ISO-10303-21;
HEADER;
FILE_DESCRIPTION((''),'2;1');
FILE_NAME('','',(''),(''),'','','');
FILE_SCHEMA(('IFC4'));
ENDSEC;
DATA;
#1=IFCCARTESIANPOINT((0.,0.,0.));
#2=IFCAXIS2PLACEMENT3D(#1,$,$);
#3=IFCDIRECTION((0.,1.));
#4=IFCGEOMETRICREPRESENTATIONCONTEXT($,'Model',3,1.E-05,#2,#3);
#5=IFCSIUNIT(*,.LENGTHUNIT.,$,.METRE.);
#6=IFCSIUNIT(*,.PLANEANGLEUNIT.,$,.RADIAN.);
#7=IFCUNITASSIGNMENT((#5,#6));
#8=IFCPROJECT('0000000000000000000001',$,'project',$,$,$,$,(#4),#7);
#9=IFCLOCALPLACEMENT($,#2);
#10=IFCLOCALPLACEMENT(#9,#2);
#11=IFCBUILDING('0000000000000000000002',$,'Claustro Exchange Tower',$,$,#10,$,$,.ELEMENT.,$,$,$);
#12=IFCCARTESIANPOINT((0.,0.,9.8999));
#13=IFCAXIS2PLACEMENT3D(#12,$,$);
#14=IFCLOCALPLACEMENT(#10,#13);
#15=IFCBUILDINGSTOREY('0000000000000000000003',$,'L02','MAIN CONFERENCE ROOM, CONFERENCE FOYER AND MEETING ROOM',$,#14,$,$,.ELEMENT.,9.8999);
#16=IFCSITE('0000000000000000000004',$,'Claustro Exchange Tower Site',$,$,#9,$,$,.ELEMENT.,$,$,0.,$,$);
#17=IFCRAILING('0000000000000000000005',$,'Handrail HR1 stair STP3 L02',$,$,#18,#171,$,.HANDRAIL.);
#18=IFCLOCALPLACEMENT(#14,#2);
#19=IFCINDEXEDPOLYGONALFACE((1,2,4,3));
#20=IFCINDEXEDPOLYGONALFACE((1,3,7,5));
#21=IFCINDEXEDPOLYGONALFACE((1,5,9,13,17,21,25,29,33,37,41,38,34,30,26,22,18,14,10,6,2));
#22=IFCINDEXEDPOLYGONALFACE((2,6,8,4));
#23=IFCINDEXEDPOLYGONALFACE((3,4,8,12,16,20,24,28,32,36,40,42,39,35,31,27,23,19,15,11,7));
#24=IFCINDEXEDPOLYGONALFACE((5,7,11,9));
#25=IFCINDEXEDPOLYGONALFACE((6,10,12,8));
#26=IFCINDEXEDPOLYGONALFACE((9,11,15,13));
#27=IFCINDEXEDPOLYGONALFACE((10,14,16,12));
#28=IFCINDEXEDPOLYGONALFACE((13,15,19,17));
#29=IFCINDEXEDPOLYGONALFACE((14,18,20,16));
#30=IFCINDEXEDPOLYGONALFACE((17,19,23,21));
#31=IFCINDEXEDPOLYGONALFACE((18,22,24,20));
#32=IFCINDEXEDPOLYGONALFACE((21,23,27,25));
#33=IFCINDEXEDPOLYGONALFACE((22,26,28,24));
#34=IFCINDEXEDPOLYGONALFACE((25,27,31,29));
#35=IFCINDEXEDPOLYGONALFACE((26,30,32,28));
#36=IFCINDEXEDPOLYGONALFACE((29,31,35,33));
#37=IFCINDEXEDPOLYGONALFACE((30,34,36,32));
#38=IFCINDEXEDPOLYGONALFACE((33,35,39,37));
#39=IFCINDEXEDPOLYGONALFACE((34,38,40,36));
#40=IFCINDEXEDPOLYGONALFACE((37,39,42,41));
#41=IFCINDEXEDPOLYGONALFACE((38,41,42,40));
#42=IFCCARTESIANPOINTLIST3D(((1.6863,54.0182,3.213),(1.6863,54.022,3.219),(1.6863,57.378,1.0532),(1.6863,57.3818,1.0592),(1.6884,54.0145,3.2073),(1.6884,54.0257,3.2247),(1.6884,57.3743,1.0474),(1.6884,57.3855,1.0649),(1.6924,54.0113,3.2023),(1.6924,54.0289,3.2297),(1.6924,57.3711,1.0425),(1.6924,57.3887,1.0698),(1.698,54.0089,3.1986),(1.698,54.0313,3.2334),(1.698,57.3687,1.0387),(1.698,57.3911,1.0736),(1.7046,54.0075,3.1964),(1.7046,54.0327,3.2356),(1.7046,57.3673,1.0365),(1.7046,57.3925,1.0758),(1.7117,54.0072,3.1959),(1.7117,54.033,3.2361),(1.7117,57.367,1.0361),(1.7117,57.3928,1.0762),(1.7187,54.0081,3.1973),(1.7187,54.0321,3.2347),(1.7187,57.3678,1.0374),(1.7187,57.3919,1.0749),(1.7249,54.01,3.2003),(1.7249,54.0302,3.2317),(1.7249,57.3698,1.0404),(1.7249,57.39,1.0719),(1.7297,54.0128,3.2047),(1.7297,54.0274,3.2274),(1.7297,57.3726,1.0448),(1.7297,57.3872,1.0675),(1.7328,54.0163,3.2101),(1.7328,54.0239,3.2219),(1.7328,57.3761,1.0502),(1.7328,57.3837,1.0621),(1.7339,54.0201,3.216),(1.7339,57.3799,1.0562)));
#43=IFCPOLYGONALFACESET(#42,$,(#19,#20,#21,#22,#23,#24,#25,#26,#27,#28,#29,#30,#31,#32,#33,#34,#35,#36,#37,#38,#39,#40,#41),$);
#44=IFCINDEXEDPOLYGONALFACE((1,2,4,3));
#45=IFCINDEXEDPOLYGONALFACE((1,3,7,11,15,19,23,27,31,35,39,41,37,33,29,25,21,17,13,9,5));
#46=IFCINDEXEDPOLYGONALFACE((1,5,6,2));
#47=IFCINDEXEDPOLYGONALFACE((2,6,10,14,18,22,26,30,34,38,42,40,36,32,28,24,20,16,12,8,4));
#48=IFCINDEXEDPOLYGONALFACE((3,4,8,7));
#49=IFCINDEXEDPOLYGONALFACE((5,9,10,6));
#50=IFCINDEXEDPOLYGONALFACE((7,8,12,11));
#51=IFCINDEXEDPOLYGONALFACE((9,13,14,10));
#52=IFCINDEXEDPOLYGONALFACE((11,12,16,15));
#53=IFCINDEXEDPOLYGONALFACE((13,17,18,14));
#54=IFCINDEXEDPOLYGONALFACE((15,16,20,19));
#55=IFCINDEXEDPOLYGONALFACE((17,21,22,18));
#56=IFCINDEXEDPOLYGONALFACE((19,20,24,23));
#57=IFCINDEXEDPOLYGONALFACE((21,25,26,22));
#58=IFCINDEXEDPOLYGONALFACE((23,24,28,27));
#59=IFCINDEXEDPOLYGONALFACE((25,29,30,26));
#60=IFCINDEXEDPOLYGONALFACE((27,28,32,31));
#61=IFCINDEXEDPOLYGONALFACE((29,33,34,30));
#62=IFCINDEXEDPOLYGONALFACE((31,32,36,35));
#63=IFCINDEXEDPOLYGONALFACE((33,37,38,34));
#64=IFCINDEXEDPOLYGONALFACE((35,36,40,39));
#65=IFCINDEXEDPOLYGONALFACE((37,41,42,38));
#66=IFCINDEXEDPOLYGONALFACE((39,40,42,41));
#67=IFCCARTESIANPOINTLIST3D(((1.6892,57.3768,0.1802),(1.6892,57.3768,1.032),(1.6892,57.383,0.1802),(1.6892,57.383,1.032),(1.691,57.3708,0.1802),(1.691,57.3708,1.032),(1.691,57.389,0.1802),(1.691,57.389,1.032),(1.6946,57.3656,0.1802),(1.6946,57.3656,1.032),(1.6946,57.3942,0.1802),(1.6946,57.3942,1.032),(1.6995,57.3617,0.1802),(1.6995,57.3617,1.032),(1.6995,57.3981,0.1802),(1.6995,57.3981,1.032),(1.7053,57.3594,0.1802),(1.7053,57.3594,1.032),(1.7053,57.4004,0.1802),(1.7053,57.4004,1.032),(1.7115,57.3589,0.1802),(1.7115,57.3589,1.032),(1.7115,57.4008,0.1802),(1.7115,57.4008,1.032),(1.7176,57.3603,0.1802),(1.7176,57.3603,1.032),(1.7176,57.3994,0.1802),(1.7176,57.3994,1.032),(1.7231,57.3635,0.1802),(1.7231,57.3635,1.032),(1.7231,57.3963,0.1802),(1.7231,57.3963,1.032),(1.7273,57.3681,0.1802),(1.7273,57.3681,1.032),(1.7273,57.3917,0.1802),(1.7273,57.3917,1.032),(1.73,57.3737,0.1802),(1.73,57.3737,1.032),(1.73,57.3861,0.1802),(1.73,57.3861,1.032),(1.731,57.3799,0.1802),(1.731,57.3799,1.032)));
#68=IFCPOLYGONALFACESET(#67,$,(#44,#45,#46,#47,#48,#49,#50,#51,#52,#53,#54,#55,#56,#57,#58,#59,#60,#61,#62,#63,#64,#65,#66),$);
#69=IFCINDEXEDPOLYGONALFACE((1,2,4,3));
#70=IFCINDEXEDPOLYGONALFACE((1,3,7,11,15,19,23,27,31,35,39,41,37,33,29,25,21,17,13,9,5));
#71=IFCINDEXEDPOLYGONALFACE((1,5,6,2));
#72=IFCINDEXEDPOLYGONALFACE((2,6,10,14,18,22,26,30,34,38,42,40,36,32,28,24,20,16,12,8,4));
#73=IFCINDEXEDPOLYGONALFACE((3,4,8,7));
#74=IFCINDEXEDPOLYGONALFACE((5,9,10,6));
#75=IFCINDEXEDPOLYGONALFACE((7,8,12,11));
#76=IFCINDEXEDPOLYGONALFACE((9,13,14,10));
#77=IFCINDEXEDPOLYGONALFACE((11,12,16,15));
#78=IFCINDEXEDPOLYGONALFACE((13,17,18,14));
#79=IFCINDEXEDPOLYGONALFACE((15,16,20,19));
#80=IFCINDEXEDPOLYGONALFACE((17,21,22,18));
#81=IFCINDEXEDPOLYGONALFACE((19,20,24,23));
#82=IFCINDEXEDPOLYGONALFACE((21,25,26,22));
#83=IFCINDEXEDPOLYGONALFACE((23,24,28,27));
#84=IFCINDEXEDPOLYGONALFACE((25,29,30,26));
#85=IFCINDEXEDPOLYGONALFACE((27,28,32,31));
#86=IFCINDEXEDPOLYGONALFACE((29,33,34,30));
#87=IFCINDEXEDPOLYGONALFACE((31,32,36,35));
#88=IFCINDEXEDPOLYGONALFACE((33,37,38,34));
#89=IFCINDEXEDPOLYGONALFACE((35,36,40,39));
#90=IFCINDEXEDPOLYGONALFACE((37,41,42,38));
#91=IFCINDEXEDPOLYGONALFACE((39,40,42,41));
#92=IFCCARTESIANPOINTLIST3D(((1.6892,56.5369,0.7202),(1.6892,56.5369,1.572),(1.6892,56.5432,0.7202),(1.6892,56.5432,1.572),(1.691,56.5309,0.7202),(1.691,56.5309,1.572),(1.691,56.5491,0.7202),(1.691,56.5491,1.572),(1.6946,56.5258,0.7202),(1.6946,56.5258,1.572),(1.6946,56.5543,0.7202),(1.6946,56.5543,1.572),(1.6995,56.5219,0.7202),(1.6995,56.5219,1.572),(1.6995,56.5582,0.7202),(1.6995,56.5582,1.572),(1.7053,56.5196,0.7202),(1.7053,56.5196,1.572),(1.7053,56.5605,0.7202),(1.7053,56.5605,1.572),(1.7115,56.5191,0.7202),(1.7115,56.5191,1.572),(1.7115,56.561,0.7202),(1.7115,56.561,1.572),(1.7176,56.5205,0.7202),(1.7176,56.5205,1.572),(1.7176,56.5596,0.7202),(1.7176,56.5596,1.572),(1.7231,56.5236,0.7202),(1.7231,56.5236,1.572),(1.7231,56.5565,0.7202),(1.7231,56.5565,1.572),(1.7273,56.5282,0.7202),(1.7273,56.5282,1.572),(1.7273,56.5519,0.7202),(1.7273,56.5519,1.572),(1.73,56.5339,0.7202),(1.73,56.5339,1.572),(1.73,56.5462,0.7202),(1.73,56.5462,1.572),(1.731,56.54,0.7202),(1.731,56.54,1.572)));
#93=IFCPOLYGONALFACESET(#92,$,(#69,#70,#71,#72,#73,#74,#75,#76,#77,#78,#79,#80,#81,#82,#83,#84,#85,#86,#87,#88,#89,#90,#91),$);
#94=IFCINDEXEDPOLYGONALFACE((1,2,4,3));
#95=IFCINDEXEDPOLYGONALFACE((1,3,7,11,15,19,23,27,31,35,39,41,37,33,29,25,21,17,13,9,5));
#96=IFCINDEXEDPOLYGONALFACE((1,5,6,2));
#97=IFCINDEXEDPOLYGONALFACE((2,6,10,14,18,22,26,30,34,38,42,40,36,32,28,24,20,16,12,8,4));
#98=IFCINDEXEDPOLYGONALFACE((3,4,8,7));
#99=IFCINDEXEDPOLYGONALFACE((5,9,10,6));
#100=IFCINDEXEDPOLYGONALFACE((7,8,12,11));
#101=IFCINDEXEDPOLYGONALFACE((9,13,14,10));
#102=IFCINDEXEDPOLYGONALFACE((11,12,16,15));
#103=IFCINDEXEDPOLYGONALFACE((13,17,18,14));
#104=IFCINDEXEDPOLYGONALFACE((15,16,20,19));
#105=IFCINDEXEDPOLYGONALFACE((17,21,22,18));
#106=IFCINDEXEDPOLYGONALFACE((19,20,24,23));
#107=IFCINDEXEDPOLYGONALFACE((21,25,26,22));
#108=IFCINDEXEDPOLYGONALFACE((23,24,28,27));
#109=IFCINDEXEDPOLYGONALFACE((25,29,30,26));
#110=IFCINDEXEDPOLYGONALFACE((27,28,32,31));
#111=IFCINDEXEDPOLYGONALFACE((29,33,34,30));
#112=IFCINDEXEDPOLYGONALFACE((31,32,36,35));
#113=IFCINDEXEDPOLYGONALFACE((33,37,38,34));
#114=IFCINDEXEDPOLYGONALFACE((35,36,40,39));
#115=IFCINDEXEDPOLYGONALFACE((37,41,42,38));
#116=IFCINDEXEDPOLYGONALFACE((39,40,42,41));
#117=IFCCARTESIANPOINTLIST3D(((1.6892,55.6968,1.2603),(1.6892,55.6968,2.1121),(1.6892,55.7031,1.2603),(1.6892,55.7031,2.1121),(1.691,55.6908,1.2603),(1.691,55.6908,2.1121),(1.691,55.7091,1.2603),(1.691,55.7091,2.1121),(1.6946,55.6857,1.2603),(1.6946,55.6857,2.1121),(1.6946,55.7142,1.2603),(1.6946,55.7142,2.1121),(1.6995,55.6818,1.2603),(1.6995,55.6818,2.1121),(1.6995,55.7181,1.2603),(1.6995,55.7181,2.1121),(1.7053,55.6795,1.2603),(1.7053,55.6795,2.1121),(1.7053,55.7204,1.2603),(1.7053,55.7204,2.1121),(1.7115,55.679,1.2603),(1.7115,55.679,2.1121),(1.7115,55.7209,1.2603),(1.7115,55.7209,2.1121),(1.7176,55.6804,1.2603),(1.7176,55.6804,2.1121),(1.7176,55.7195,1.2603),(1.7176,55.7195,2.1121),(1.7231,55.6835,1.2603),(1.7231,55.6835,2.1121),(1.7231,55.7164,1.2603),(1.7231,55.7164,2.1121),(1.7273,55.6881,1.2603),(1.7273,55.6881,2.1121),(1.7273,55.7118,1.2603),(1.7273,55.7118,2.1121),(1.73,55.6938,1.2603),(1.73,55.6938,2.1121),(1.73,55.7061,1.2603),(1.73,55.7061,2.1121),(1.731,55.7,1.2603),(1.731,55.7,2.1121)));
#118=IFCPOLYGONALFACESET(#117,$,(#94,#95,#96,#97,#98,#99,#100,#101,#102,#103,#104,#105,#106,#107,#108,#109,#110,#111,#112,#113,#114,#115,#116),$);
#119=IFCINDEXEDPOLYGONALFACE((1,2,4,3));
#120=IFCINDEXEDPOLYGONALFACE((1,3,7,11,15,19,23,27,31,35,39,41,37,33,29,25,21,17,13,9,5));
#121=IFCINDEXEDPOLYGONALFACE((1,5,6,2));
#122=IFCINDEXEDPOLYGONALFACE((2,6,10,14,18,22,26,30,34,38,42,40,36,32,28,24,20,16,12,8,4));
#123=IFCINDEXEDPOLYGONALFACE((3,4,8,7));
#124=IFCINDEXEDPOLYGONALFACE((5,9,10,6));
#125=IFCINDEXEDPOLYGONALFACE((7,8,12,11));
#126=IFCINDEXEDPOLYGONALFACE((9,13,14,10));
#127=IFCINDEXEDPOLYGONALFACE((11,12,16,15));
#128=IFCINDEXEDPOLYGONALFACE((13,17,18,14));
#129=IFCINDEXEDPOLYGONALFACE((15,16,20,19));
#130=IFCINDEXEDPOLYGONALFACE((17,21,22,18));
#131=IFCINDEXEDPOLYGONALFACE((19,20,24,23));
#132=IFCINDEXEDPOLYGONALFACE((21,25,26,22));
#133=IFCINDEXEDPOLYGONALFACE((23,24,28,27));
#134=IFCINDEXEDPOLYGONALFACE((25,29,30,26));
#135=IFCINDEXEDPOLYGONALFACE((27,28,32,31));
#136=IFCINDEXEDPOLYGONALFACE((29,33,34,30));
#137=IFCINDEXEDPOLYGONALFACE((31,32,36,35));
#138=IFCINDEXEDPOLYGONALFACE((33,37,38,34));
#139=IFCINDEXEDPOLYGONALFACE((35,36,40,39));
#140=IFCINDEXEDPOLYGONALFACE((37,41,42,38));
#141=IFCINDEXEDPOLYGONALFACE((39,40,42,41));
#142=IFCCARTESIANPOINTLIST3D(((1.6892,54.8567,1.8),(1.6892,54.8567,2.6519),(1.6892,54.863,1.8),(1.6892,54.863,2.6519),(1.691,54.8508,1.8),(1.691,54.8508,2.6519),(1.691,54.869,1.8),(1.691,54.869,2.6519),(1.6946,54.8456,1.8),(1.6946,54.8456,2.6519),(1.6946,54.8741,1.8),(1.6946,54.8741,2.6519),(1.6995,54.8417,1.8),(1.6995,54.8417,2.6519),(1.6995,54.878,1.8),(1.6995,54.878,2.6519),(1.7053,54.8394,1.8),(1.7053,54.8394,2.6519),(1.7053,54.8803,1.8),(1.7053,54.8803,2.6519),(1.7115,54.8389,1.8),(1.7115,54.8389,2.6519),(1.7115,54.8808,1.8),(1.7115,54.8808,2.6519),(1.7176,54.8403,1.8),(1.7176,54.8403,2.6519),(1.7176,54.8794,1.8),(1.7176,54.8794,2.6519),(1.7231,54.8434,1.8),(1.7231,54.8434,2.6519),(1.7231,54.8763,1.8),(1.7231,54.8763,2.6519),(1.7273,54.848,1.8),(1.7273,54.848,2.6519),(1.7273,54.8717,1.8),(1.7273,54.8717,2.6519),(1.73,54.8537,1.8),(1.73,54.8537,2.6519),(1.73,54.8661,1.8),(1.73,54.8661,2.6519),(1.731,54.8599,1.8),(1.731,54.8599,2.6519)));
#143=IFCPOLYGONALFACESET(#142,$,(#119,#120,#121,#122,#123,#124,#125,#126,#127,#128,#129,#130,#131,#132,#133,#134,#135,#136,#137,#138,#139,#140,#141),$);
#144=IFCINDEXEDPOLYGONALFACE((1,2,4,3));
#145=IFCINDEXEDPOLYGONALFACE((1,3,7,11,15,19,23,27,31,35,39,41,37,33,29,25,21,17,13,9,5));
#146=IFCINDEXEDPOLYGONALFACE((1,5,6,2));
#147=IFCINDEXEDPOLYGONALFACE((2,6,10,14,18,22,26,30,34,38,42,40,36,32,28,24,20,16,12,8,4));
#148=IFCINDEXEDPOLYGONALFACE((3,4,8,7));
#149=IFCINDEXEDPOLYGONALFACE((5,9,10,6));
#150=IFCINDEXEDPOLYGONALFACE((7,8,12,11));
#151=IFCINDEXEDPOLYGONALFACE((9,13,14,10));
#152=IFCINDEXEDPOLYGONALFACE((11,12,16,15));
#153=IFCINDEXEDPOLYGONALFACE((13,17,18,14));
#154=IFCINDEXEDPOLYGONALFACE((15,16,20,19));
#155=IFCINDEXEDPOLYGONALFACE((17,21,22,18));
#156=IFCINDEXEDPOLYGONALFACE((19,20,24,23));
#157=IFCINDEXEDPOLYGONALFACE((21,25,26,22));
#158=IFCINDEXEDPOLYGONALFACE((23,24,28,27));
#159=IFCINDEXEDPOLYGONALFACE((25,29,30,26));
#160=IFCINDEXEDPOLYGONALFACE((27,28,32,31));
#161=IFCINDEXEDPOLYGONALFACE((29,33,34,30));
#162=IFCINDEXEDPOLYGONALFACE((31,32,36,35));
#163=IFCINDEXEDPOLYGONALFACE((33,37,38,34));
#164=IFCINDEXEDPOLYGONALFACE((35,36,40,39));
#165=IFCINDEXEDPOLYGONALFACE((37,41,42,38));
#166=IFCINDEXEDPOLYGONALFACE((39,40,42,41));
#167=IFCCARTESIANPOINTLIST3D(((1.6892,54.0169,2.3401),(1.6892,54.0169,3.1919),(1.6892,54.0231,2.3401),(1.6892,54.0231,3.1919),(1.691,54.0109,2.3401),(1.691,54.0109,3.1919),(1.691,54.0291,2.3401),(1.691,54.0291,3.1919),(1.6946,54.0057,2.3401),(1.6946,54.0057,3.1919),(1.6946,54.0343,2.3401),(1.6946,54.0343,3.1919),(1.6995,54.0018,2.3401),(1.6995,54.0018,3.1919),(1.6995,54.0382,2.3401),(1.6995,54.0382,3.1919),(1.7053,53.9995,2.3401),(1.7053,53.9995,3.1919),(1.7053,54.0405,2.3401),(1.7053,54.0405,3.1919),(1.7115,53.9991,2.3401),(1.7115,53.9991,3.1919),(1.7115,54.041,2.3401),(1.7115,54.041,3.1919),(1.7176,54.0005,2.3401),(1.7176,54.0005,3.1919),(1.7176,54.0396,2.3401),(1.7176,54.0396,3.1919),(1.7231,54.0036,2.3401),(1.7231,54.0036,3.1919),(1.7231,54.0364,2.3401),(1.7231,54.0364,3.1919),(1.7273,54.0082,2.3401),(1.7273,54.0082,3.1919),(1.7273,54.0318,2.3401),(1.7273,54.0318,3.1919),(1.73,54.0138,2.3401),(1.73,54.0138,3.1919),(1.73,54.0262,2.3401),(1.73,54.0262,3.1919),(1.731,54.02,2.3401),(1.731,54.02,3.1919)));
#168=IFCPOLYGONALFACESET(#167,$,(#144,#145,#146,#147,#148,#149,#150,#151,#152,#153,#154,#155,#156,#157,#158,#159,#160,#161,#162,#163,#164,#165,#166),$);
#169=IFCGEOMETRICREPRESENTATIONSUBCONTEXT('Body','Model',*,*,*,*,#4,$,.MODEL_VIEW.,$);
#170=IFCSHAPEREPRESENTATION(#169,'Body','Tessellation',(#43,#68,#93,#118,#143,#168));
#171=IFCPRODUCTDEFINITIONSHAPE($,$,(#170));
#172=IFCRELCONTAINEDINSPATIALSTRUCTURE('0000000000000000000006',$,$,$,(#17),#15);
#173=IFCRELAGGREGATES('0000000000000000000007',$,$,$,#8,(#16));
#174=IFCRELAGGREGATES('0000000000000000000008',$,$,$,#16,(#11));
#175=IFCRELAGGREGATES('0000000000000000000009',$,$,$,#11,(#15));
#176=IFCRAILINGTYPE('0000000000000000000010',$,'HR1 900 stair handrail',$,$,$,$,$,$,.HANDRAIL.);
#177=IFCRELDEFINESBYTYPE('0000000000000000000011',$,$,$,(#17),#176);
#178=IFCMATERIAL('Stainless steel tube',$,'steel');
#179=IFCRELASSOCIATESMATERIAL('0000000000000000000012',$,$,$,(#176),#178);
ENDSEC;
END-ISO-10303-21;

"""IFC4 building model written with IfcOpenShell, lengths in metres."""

from ifc_helpers import new_model, si_unit, direction, frame, origin, origin_2d, place, context, subcontext, project, spatial, circle, extrude, material, type_object, element, save


model = new_model("IFC4")

# Units and contexts
model_context = context("Model", 3, precision=1e-05, world=origin(), true_north=direction((0.0, 1.0)))
body_context = subcontext(model_context, "Body", "Model", "MODEL_VIEW")
ifc_project = project(units=[si_unit("LENGTHUNIT", "METRE"), si_unit("PLANEANGLEUNIT", "RADIAN")], contexts=[model_context])

# Site, building, storey
site_placement = place(None, origin())
site = spatial("IfcSite", under=ifc_project, at=site_placement, Name="Claustro Exchange Tower Site", CompositionType="ELEMENT", RefElevation=0.0)
building_placement = place(site_placement, origin())
building = spatial("IfcBuilding", under=site, at=building_placement, Name="Claustro Exchange Tower", CompositionType="ELEMENT")
storey_placement = place(building_placement, frame((0.0, 0.0, 9.8999)))
storey = spatial("IfcBuildingStorey", under=building, at=storey_placement, Name="L02", Description="MAIN CONFERENCE ROOM, CONFERENCE FOYER AND MEETING ROOM", CompositionType="ELEMENT", Elevation=9.8999)

# Railing
ifc_material_1 = material(Name="Stainless steel tube", Category="steel")
railing_type_1 = type_object("IfcRailingType", Name="HR1 900 stair handrail", PredefinedType="HANDRAIL", material=ifc_material_1)
railing_1_placement = place(storey_placement, frame((1.71, 57.3799, 0.1802)))
element("IfcRailing", 1, at=railing_1_placement, inside=storey, type_object=railing_type_1, Name="Handrail HR1 stair STP3 L02", PredefinedType="HANDRAIL", context=body_context, shape_type="SweptSolid", body=[
    extrude(circle(Radius=0.0239, at=origin_2d()), frame((0.0, 0.0, 0.876), z_axis=(0.0, -0.841178, 0.540758), x_axis=(1.0, 0.0, 0.0)), (0.0, 0.0, 1.0), 3.9941),
    extrude(circle(Radius=0.021, at=origin_2d()), origin(), (0.0, 0.0, 1.0), 0.8518),
    extrude(circle(Radius=0.021, at=origin_2d()), frame((0.0, -0.8398, 0.54)), (0.0, 0.0, 1.0), 0.8518),
    extrude(circle(Radius=0.021, at=origin_2d()), frame((0.0, -1.6799, 1.0801)), (0.0, 0.0, 1.0), 0.8518),
    extrude(circle(Radius=0.021, at=origin_2d()), frame((0.0, -2.52, 1.6199)), (0.0, 0.0, 1.0), 0.8518),
    extrude(circle(Radius=0.021, at=origin_2d()), frame((0.0, -3.3599, 2.1599)), (0.0, 0.0, 1.0), 0.8518),
])

save(model, "model.ifc")
